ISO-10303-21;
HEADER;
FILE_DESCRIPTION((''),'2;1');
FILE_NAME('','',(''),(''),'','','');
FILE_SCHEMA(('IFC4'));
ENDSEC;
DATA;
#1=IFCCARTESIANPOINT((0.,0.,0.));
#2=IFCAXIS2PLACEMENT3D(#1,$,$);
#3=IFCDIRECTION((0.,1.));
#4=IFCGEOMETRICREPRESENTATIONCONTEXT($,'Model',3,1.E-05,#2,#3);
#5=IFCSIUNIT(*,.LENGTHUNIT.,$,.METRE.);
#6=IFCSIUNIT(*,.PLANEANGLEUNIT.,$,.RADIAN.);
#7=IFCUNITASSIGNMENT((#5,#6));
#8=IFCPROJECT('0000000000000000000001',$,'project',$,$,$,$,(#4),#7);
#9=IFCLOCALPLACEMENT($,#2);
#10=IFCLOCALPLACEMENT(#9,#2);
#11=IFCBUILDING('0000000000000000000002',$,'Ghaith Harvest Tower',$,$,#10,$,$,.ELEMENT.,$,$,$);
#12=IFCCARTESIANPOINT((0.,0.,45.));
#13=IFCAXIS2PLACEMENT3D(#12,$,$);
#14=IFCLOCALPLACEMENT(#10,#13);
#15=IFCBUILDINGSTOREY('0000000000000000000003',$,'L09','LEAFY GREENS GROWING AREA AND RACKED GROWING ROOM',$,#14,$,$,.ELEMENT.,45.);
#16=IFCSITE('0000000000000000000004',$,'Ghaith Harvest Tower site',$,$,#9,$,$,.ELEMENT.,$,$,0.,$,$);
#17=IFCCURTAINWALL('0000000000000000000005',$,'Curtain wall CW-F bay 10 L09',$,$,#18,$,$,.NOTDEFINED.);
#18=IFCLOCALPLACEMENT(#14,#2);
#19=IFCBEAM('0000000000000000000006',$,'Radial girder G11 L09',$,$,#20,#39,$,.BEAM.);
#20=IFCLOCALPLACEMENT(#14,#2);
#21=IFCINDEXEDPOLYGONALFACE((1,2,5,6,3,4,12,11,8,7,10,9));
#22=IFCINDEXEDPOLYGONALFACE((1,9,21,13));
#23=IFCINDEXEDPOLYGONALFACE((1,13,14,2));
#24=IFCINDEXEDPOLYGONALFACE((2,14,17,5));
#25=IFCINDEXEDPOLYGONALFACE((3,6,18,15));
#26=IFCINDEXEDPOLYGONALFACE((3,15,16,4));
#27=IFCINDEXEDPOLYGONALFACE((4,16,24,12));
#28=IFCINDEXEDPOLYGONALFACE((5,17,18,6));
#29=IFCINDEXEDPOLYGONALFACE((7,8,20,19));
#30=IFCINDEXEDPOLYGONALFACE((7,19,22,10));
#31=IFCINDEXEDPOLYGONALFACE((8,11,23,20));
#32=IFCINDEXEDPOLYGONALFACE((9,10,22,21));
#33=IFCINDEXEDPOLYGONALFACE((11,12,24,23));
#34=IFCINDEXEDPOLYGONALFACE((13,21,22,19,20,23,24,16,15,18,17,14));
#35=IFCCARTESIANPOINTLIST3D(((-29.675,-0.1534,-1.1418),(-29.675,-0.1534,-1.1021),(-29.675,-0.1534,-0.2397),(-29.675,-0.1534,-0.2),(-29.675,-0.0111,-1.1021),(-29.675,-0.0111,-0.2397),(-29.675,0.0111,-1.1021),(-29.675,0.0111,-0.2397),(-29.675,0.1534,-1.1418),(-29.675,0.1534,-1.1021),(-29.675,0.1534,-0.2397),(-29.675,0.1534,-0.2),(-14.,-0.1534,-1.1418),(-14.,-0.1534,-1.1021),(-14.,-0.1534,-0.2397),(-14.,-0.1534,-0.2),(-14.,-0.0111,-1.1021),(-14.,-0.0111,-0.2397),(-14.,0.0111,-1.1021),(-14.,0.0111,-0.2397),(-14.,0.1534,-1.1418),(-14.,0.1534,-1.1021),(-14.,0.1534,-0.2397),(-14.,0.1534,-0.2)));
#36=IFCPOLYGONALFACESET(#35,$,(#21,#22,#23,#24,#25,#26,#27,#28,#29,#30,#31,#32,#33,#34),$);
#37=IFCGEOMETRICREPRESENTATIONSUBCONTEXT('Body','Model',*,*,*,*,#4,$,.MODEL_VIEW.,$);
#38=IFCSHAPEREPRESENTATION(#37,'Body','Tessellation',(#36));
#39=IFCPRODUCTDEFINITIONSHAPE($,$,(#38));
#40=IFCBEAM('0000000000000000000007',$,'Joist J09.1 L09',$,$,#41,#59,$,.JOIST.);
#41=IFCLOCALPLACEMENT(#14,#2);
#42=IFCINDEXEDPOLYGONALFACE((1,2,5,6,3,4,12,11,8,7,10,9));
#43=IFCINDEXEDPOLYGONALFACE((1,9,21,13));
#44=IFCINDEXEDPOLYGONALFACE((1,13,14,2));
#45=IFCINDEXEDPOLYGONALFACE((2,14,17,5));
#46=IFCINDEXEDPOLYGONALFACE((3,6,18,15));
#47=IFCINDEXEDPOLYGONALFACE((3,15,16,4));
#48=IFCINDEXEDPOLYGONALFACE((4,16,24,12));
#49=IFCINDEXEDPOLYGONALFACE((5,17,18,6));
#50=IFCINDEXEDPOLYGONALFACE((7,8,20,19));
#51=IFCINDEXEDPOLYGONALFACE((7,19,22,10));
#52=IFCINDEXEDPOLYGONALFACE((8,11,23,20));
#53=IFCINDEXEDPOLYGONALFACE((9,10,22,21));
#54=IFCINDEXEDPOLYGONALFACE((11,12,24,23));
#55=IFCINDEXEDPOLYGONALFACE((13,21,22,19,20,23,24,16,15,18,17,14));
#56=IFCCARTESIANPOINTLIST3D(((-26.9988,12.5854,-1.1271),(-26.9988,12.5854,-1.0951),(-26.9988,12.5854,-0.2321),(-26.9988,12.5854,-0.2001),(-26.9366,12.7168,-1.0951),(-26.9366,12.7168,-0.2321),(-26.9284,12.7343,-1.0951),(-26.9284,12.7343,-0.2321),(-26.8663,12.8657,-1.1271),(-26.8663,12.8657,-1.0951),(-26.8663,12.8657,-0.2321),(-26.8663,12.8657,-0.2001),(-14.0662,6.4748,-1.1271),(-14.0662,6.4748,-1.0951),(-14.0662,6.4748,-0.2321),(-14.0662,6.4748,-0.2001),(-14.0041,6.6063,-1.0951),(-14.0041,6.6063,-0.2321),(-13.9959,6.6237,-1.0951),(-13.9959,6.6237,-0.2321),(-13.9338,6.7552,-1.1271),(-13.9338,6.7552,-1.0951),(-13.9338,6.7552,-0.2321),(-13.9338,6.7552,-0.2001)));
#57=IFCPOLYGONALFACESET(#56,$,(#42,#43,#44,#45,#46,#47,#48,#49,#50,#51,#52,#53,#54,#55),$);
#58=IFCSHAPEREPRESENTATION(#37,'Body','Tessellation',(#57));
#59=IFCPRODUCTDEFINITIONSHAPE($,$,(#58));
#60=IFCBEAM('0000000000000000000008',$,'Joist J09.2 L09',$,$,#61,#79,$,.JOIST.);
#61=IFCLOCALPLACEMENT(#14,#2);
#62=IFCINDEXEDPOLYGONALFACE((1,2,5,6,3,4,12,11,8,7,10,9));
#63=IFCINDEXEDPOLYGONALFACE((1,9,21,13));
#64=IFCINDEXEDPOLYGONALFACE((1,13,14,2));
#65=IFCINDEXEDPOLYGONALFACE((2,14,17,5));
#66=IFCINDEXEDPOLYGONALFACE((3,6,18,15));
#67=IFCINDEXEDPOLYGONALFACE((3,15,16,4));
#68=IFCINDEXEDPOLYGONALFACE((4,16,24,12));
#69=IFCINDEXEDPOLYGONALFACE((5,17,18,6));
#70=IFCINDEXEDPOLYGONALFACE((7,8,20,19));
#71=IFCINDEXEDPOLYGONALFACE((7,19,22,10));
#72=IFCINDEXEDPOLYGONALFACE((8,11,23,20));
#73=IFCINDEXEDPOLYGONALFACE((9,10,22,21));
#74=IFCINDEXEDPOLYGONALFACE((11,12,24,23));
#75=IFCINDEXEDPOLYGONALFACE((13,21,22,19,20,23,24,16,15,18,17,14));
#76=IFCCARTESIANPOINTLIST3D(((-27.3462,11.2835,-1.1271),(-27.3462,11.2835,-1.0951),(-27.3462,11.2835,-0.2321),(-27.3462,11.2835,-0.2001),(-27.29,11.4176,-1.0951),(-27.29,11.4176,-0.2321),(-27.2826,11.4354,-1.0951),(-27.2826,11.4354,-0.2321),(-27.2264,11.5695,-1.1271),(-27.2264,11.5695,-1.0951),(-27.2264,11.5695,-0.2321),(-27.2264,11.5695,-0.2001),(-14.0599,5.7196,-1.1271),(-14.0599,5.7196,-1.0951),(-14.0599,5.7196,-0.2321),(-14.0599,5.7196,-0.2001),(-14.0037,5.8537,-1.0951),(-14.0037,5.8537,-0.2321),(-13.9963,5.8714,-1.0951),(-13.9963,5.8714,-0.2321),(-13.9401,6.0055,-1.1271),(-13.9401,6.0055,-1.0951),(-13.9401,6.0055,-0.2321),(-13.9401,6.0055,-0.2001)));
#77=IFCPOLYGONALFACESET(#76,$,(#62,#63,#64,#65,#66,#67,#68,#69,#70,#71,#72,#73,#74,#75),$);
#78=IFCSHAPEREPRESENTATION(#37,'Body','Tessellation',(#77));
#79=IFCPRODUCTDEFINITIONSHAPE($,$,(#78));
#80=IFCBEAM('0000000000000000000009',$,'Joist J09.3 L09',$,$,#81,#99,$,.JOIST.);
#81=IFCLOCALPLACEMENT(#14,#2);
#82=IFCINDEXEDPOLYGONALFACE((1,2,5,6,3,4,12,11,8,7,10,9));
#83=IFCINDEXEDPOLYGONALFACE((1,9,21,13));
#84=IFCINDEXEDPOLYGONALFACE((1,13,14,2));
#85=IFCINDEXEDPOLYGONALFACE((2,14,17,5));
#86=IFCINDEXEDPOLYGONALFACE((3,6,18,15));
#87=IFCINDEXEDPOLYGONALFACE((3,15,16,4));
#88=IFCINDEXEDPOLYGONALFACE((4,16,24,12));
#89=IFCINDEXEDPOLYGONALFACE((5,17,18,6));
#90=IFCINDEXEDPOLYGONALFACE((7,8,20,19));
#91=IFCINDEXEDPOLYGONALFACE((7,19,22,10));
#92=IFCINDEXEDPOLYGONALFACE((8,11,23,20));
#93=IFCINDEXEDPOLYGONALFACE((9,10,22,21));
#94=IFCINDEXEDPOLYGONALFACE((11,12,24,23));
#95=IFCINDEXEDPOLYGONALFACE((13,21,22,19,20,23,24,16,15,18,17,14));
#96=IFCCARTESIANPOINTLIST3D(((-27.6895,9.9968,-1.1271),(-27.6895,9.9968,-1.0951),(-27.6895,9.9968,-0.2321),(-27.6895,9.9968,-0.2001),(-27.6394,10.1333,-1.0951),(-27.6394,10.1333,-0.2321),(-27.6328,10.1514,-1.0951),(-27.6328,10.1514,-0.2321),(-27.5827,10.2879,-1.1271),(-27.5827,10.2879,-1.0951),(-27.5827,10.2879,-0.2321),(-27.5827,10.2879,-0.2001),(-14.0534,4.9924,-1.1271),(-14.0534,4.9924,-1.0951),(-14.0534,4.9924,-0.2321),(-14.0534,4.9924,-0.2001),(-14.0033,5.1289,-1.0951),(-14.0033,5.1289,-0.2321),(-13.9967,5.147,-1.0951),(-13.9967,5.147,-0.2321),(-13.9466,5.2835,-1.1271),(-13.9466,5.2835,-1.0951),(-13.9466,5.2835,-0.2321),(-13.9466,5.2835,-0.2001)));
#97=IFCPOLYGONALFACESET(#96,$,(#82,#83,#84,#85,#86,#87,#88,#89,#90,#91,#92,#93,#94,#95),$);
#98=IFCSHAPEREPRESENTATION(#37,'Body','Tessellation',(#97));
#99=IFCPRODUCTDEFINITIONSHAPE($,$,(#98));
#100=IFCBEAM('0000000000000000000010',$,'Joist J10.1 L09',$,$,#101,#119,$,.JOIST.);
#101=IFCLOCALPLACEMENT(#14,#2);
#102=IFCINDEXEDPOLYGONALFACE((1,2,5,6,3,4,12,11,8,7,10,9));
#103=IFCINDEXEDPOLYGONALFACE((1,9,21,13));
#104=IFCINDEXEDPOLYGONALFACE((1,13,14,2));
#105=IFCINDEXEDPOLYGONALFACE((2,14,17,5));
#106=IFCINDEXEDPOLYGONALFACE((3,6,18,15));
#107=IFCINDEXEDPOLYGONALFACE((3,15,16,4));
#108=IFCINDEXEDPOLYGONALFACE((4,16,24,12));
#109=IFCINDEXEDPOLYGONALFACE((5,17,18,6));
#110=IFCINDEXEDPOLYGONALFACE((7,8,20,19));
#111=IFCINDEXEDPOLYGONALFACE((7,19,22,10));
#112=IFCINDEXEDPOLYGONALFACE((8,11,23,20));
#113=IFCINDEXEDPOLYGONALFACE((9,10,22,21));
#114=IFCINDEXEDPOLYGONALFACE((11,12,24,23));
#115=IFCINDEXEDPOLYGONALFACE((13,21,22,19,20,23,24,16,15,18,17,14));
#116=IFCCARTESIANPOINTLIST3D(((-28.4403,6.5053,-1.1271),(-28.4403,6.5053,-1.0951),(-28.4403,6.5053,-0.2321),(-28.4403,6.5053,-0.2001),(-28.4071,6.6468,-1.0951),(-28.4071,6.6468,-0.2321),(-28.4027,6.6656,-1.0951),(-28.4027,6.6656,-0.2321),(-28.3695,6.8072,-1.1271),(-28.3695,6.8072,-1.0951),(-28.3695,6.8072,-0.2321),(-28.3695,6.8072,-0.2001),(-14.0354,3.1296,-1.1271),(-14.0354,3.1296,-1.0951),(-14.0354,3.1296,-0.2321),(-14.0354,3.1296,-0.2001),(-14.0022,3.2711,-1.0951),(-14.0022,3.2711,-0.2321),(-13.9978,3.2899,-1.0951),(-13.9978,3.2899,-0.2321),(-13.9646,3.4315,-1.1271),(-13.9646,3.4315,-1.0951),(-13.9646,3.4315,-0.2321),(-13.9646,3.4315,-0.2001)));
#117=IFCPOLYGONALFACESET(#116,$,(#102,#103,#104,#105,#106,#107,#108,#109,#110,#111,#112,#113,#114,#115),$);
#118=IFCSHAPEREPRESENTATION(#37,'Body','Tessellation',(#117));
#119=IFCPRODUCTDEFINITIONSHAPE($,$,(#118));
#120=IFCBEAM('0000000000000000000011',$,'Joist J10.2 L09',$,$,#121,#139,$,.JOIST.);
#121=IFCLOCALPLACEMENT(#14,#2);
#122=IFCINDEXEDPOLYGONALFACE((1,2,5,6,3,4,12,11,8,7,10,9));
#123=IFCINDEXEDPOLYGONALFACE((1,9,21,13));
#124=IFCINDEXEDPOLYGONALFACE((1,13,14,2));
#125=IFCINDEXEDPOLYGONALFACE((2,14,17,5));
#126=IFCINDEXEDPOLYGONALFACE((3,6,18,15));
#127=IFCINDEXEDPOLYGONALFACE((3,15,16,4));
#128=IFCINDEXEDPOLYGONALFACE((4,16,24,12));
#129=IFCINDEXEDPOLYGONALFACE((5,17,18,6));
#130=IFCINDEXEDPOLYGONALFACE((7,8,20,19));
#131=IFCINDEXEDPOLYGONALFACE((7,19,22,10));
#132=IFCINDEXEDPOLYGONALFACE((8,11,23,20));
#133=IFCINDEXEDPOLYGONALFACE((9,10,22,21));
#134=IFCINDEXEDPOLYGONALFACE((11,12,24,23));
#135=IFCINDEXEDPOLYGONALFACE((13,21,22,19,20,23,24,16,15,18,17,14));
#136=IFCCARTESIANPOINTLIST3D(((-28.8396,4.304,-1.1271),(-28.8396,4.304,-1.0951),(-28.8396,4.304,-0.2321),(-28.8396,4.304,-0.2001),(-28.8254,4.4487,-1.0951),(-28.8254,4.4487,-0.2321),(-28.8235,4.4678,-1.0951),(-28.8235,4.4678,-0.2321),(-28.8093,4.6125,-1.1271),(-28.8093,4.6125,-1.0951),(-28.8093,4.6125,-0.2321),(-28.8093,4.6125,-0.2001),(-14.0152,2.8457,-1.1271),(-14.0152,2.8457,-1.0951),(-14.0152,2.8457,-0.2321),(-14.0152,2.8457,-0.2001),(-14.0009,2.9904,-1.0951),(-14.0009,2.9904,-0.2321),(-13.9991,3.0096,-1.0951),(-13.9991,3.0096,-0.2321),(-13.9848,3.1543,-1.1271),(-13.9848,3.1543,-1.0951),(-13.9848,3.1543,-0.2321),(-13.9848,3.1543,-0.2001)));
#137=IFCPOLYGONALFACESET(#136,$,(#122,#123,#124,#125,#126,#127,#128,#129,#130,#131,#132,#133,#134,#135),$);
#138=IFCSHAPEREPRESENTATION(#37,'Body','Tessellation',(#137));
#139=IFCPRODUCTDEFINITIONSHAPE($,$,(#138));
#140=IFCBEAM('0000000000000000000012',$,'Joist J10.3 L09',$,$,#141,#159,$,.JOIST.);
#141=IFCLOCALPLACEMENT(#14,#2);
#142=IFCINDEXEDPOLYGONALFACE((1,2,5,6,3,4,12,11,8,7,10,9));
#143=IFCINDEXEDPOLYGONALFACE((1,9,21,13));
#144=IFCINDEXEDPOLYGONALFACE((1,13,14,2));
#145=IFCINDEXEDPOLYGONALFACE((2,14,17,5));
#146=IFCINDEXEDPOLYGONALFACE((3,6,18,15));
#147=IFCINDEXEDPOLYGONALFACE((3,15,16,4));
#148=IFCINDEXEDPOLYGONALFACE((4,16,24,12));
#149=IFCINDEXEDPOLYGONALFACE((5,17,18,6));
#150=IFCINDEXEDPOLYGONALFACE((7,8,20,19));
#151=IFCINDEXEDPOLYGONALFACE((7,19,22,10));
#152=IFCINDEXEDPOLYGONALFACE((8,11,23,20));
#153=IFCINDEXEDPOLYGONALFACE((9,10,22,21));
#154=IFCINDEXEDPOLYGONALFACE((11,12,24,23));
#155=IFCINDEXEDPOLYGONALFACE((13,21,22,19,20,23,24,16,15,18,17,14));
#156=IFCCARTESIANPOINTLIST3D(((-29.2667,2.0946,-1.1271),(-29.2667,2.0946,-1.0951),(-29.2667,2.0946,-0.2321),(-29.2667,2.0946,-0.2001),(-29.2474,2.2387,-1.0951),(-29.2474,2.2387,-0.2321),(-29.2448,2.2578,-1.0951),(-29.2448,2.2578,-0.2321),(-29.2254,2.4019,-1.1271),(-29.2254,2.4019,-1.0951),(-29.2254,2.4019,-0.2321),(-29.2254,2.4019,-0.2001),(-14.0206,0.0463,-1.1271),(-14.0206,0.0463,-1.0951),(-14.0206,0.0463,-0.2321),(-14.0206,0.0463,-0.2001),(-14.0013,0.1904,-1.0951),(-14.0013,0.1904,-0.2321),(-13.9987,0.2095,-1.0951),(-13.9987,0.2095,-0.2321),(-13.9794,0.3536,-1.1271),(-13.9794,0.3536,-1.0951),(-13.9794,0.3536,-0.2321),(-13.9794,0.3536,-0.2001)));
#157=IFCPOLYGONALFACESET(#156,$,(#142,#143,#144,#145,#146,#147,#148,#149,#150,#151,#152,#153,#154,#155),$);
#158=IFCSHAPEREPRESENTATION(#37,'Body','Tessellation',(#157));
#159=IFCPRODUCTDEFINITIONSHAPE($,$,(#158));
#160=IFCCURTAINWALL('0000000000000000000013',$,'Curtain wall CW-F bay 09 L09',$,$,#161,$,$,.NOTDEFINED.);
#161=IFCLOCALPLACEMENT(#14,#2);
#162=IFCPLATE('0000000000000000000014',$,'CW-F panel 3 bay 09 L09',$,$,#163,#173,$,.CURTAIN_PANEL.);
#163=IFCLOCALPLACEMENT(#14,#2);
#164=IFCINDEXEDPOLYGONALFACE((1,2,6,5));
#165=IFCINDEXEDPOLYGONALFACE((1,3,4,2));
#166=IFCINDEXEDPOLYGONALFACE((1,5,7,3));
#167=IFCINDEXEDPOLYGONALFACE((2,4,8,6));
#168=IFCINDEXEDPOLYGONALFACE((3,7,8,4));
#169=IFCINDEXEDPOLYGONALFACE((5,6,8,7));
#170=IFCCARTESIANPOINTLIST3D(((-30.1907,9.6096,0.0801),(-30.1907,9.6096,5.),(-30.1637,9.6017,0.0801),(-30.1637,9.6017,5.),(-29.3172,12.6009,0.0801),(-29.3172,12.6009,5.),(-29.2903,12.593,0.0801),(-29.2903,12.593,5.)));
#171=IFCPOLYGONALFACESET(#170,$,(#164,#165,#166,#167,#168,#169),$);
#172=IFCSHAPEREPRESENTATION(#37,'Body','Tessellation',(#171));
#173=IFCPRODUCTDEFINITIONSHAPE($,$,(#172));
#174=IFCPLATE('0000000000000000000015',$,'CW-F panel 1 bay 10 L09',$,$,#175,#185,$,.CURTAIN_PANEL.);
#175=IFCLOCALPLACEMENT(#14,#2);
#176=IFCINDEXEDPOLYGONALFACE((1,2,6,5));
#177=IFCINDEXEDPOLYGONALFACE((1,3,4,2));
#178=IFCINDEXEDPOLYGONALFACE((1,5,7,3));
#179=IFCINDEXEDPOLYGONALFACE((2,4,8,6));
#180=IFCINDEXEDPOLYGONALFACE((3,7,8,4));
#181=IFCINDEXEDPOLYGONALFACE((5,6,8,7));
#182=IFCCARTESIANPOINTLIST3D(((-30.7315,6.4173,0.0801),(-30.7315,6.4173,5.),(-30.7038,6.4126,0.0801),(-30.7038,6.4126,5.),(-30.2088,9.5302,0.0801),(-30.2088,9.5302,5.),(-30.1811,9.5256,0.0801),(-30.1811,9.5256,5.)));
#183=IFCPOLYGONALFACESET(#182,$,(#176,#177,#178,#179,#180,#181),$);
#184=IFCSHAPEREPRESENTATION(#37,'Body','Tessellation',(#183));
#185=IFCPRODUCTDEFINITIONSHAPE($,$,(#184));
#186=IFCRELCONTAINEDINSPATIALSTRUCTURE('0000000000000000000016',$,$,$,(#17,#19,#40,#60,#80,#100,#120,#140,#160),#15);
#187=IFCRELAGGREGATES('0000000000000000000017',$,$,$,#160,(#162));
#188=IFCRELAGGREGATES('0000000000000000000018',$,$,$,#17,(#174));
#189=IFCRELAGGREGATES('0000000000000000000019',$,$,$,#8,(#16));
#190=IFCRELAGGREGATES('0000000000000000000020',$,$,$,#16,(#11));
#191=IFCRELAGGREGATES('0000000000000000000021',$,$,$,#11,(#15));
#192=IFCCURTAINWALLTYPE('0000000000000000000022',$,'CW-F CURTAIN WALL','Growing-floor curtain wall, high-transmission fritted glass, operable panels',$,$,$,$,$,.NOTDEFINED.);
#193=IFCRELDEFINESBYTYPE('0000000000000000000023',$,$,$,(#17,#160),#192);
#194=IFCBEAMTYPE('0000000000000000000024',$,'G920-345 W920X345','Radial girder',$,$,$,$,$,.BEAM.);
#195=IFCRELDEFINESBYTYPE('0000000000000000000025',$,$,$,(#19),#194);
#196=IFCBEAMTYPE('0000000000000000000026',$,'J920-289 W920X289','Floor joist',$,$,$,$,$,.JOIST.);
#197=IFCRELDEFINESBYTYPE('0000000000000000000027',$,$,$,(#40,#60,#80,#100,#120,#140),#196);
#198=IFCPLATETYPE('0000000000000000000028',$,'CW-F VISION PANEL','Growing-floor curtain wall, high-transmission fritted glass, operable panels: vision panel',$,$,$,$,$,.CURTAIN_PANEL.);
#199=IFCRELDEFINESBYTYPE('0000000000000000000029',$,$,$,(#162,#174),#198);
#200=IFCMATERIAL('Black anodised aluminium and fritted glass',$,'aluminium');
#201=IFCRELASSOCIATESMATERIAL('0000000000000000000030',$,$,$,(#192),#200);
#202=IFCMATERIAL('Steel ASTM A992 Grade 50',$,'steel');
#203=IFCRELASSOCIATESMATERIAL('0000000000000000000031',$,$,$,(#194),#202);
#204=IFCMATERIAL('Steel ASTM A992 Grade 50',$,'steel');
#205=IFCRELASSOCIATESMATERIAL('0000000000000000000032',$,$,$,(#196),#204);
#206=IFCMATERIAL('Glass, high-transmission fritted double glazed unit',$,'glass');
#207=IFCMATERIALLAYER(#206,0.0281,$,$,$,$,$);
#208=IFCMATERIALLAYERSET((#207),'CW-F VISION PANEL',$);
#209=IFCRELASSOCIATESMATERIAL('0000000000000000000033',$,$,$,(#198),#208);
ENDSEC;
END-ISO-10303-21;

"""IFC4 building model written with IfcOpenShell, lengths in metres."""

from ifc_helpers import new_model, si_unit, direction, frame, origin, origin_2d, place, context, subcontext, project, spatial, rectangle, i_section, extrude, material, layer, layer_set, material_profile, profile_set, type_object, element, aggregate, save


model = new_model("IFC4")

# Units and contexts
model_context = context("Model", 3, precision=1e-05, world=origin(), true_north=direction((0.0, 1.0)))
body_context = subcontext(model_context, "Body", "Model", "MODEL_VIEW")
ifc_project = project(units=[si_unit("LENGTHUNIT", "METRE"), si_unit("PLANEANGLEUNIT", "RADIAN")], contexts=[model_context])

# Site, building, storey
site_placement = place(None, origin())
site = spatial("IfcSite", under=ifc_project, at=site_placement, Name="Ghaith Harvest Tower site", CompositionType="ELEMENT", RefElevation=0.0)
building_placement = place(site_placement, origin())
building = spatial("IfcBuilding", under=site, at=building_placement, Name="Ghaith Harvest Tower", CompositionType="ELEMENT")
storey_placement = place(building_placement, frame((0.0, 0.0, 45.0)))
storey = spatial("IfcBuildingStorey", under=building, at=storey_placement, Name="L09", Description="LEAFY GREENS GROWING AREA AND RACKED GROWING ROOM", CompositionType="ELEMENT", Elevation=45.0)

# Curtain wall
ifc_material_1 = material(Name="Black anodised aluminium and fritted glass", Category="aluminium")
curtain_wall_type = type_object("IfcCurtainWallType", Name="CW-F CURTAIN WALL", Description="Growing-floor curtain wall, high-transmission fritted glass, operable panels", PredefinedType="NOTDEFINED", material=ifc_material_1)
curtain_wall_1_placement = place(storey_placement, origin())
curtain_wall_1 = element("IfcCurtainWall", 1, at=curtain_wall_1_placement, inside=storey, type_object=curtain_wall_type, Name="Curtain wall CW-F bay 10 L09", PredefinedType="NOTDEFINED")

# Beams
ifc_material_2 = material(Name="Steel ASTM A992 Grade 50", Category="steel")
ifc_material_profile_1 = material_profile(ifc_material_2, i_section(OverallWidth=0.3069, OverallDepth=0.9419, WebThickness=0.0222, FlangeThickness=0.0398, at=origin_2d()), Name="W920X345")
ifc_profile_set_1 = profile_set([ifc_material_profile_1], Name="Steel ASTM A992 Grade 50")
beam_type_1 = type_object("IfcBeamType", Name="G920-345 W920X345", Description="Radial girder", PredefinedType="BEAM", material=ifc_profile_set_1)
beam_1_placement = place(storey_placement, frame((-14.0, 0.0, -0.6709), z_axis=(-1.0, 0.0, 0.0), x_axis=(0.0, -1.0, 0.0)))
element("IfcBeam", 2, at=beam_1_placement, inside=storey, type_object=beam_type_1, Name="Radial girder G11 L09", PredefinedType="BEAM", context=body_context, shape_type="SweptSolid", body=[
    extrude(i_section(OverallWidth=0.3069, OverallDepth=0.9419, WebThickness=0.0222, FlangeThickness=0.0398, at=origin_2d()), origin(), (0.0, 0.0, 1.0), 15.675),
])
ifc_material_3 = material(Name="Steel ASTM A992 Grade 50", Category="steel")
ifc_material_profile_2 = material_profile(ifc_material_3, i_section(OverallWidth=0.3101, OverallDepth=0.927, WebThickness=0.0193, FlangeThickness=0.032, at=origin_2d()), Name="W920X289")
ifc_profile_set_2 = profile_set([ifc_material_profile_2], Name="Steel ASTM A992 Grade 50")
beam_type_2 = type_object("IfcBeamType", Name="J920-289 W920X289", Description="Floor joist", PredefinedType="JOIST", material=ifc_profile_set_2)
beam_2_placement = place(storey_placement, frame((-14.0, 6.615, -0.6636), z_axis=(-0.904153, 0.427208, 0.0), x_axis=(-0.427208, -0.904153, 0.0)))
element("IfcBeam", 3, at=beam_2_placement, inside=storey, type_object=beam_type_2, Name="Joist J09.1 L09", PredefinedType="JOIST", context=body_context, shape_type="SweptSolid", body=[
    extrude(i_section(OverallWidth=0.3101, OverallDepth=0.927, WebThickness=0.0193, FlangeThickness=0.032, at=origin_2d()), origin(), (0.0, 0.0, 1.0), 14.3035),
])
beam_3_placement = place(storey_placement, frame((-14.0, 5.8625, -0.6636), z_axis=(-0.922386, 0.38627, 0.0), x_axis=(-0.38627, -0.922386, 0.0)))
element("IfcBeam", 4, at=beam_3_placement, inside=storey, type_object=beam_type_2, Name="Joist J09.2 L09", PredefinedType="JOIST", context=body_context, shape_type="SweptSolid", body=[
    extrude(i_section(OverallWidth=0.3101, OverallDepth=0.927, WebThickness=0.0193, FlangeThickness=0.032, at=origin_2d()), origin(), (0.0, 0.0, 1.0), 14.4043),
])
beam_4_placement = place(storey_placement, frame((-14.0, 5.1379, -0.6636), z_axis=(-0.938775, 0.34453, 0.0), x_axis=(-0.34453, -0.938775, 0.0)))
element("IfcBeam", 5, at=beam_4_placement, inside=storey, type_object=beam_type_2, Name="Joist J09.3 L09", PredefinedType="JOIST", context=body_context, shape_type="SweptSolid", body=[
    extrude(i_section(OverallWidth=0.3101, OverallDepth=0.927, WebThickness=0.0193, FlangeThickness=0.032, at=origin_2d()), origin(), (0.0, 0.0, 1.0), 14.5254),
])
beam_5_placement = place(storey_placement, frame((-14.0, 3.2805, -0.6636), z_axis=(-0.973623, 0.228163, 0.0), x_axis=(-0.228163, -0.973623, 0.0)))
element("IfcBeam", 6, at=beam_5_placement, inside=storey, type_object=beam_type_2, Name="Joist J10.1 L09", PredefinedType="JOIST", context=body_context, shape_type="SweptSolid", body=[
    extrude(i_section(OverallWidth=0.3101, OverallDepth=0.927, WebThickness=0.0193, FlangeThickness=0.032, at=origin_2d()), origin(), (0.0, 0.0, 1.0), 14.7952),
])
beam_6_placement = place(storey_placement, frame((-14.0, 3.0, -0.6636), z_axis=(-0.995197, 0.097895, 0.0), x_axis=(-0.097895, -0.995197, 0.0)))
element("IfcBeam", 7, at=beam_6_placement, inside=storey, type_object=beam_type_2, Name="Joist J10.2 L09", PredefinedType="JOIST", context=body_context, shape_type="SweptSolid", body=[
    extrude(i_section(OverallWidth=0.3101, OverallDepth=0.927, WebThickness=0.0193, FlangeThickness=0.032, at=origin_2d()), origin(), (0.0, 0.0, 1.0), 14.896),
])
beam_7_placement = place(storey_placement, frame((-14.0, 0.2, -0.6636), z_axis=(-0.991095, 0.133155, 0.0), x_axis=(-0.133155, -0.991095, 0.0)))
element("IfcBeam", 8, at=beam_7_placement, inside=storey, type_object=beam_type_2, Name="Joist J10.3 L09", PredefinedType="JOIST", context=body_context, shape_type="SweptSolid", body=[
    extrude(i_section(OverallWidth=0.3101, OverallDepth=0.927, WebThickness=0.0193, FlangeThickness=0.032, at=origin_2d()), origin(), (0.0, 0.0, 1.0), 15.3831),
])

# Curtain wall, plate
curtain_wall_2_placement = place(storey_placement, origin())
curtain_wall_2 = element("IfcCurtainWall", 9, at=curtain_wall_2_placement, inside=storey, type_object=curtain_wall_type, Name="Curtain wall CW-F bay 09 L09", PredefinedType="NOTDEFINED")
ifc_material_4 = material(Name="Glass, high-transmission fritted double glazed unit", Category="glass")
ifc_layer_1 = layer(ifc_material_4, 0.0281)
ifc_layer_set_1 = layer_set([ifc_layer_1], Name="CW-F VISION PANEL")
plate_type = type_object("IfcPlateType", Name="CW-F VISION PANEL", Description="Growing-floor curtain wall, high-transmission fritted glass, operable panels: vision panel", PredefinedType="CURTAIN_PANEL", material=ifc_layer_set_1)
plate_1_placement = place(storey_placement, frame((-29.7405, 11.1013, 0.0801), z_axis=(0.0, 0.0, 1.0), x_axis=(-0.280297, -0.959913, 0.0)))
plate_1 = element("IfcPlate", 10, at=plate_1_placement, type_object=plate_type, Name="CW-F panel 3 bay 09 L09", PredefinedType="CURTAIN_PANEL", context=body_context, shape_type="SweptSolid", body=[
    extrude(rectangle(XDim=3.1162, YDim=0.0281, at=origin_2d()), origin(), (0.0, 0.0, 1.0), 4.9199),
])
aggregate(curtain_wall_2, [plate_1])

# Plate
plate_2_placement = place(storey_placement, frame((-30.4563, 7.9714, 0.0801), z_axis=(0.0, 0.0, 1.0), x_axis=(-0.165581, -0.986196, 0.0)))
plate_2 = element("IfcPlate", 11, at=plate_2_placement, type_object=plate_type, Name="CW-F panel 1 bay 10 L09", PredefinedType="CURTAIN_PANEL", context=body_context, shape_type="SweptSolid", body=[
    extrude(rectangle(XDim=3.1565, YDim=0.0281, at=origin_2d()), origin(), (0.0, 0.0, 1.0), 4.9199),
])
aggregate(curtain_wall_1, [plate_2])

save(model, "model.ifc")
